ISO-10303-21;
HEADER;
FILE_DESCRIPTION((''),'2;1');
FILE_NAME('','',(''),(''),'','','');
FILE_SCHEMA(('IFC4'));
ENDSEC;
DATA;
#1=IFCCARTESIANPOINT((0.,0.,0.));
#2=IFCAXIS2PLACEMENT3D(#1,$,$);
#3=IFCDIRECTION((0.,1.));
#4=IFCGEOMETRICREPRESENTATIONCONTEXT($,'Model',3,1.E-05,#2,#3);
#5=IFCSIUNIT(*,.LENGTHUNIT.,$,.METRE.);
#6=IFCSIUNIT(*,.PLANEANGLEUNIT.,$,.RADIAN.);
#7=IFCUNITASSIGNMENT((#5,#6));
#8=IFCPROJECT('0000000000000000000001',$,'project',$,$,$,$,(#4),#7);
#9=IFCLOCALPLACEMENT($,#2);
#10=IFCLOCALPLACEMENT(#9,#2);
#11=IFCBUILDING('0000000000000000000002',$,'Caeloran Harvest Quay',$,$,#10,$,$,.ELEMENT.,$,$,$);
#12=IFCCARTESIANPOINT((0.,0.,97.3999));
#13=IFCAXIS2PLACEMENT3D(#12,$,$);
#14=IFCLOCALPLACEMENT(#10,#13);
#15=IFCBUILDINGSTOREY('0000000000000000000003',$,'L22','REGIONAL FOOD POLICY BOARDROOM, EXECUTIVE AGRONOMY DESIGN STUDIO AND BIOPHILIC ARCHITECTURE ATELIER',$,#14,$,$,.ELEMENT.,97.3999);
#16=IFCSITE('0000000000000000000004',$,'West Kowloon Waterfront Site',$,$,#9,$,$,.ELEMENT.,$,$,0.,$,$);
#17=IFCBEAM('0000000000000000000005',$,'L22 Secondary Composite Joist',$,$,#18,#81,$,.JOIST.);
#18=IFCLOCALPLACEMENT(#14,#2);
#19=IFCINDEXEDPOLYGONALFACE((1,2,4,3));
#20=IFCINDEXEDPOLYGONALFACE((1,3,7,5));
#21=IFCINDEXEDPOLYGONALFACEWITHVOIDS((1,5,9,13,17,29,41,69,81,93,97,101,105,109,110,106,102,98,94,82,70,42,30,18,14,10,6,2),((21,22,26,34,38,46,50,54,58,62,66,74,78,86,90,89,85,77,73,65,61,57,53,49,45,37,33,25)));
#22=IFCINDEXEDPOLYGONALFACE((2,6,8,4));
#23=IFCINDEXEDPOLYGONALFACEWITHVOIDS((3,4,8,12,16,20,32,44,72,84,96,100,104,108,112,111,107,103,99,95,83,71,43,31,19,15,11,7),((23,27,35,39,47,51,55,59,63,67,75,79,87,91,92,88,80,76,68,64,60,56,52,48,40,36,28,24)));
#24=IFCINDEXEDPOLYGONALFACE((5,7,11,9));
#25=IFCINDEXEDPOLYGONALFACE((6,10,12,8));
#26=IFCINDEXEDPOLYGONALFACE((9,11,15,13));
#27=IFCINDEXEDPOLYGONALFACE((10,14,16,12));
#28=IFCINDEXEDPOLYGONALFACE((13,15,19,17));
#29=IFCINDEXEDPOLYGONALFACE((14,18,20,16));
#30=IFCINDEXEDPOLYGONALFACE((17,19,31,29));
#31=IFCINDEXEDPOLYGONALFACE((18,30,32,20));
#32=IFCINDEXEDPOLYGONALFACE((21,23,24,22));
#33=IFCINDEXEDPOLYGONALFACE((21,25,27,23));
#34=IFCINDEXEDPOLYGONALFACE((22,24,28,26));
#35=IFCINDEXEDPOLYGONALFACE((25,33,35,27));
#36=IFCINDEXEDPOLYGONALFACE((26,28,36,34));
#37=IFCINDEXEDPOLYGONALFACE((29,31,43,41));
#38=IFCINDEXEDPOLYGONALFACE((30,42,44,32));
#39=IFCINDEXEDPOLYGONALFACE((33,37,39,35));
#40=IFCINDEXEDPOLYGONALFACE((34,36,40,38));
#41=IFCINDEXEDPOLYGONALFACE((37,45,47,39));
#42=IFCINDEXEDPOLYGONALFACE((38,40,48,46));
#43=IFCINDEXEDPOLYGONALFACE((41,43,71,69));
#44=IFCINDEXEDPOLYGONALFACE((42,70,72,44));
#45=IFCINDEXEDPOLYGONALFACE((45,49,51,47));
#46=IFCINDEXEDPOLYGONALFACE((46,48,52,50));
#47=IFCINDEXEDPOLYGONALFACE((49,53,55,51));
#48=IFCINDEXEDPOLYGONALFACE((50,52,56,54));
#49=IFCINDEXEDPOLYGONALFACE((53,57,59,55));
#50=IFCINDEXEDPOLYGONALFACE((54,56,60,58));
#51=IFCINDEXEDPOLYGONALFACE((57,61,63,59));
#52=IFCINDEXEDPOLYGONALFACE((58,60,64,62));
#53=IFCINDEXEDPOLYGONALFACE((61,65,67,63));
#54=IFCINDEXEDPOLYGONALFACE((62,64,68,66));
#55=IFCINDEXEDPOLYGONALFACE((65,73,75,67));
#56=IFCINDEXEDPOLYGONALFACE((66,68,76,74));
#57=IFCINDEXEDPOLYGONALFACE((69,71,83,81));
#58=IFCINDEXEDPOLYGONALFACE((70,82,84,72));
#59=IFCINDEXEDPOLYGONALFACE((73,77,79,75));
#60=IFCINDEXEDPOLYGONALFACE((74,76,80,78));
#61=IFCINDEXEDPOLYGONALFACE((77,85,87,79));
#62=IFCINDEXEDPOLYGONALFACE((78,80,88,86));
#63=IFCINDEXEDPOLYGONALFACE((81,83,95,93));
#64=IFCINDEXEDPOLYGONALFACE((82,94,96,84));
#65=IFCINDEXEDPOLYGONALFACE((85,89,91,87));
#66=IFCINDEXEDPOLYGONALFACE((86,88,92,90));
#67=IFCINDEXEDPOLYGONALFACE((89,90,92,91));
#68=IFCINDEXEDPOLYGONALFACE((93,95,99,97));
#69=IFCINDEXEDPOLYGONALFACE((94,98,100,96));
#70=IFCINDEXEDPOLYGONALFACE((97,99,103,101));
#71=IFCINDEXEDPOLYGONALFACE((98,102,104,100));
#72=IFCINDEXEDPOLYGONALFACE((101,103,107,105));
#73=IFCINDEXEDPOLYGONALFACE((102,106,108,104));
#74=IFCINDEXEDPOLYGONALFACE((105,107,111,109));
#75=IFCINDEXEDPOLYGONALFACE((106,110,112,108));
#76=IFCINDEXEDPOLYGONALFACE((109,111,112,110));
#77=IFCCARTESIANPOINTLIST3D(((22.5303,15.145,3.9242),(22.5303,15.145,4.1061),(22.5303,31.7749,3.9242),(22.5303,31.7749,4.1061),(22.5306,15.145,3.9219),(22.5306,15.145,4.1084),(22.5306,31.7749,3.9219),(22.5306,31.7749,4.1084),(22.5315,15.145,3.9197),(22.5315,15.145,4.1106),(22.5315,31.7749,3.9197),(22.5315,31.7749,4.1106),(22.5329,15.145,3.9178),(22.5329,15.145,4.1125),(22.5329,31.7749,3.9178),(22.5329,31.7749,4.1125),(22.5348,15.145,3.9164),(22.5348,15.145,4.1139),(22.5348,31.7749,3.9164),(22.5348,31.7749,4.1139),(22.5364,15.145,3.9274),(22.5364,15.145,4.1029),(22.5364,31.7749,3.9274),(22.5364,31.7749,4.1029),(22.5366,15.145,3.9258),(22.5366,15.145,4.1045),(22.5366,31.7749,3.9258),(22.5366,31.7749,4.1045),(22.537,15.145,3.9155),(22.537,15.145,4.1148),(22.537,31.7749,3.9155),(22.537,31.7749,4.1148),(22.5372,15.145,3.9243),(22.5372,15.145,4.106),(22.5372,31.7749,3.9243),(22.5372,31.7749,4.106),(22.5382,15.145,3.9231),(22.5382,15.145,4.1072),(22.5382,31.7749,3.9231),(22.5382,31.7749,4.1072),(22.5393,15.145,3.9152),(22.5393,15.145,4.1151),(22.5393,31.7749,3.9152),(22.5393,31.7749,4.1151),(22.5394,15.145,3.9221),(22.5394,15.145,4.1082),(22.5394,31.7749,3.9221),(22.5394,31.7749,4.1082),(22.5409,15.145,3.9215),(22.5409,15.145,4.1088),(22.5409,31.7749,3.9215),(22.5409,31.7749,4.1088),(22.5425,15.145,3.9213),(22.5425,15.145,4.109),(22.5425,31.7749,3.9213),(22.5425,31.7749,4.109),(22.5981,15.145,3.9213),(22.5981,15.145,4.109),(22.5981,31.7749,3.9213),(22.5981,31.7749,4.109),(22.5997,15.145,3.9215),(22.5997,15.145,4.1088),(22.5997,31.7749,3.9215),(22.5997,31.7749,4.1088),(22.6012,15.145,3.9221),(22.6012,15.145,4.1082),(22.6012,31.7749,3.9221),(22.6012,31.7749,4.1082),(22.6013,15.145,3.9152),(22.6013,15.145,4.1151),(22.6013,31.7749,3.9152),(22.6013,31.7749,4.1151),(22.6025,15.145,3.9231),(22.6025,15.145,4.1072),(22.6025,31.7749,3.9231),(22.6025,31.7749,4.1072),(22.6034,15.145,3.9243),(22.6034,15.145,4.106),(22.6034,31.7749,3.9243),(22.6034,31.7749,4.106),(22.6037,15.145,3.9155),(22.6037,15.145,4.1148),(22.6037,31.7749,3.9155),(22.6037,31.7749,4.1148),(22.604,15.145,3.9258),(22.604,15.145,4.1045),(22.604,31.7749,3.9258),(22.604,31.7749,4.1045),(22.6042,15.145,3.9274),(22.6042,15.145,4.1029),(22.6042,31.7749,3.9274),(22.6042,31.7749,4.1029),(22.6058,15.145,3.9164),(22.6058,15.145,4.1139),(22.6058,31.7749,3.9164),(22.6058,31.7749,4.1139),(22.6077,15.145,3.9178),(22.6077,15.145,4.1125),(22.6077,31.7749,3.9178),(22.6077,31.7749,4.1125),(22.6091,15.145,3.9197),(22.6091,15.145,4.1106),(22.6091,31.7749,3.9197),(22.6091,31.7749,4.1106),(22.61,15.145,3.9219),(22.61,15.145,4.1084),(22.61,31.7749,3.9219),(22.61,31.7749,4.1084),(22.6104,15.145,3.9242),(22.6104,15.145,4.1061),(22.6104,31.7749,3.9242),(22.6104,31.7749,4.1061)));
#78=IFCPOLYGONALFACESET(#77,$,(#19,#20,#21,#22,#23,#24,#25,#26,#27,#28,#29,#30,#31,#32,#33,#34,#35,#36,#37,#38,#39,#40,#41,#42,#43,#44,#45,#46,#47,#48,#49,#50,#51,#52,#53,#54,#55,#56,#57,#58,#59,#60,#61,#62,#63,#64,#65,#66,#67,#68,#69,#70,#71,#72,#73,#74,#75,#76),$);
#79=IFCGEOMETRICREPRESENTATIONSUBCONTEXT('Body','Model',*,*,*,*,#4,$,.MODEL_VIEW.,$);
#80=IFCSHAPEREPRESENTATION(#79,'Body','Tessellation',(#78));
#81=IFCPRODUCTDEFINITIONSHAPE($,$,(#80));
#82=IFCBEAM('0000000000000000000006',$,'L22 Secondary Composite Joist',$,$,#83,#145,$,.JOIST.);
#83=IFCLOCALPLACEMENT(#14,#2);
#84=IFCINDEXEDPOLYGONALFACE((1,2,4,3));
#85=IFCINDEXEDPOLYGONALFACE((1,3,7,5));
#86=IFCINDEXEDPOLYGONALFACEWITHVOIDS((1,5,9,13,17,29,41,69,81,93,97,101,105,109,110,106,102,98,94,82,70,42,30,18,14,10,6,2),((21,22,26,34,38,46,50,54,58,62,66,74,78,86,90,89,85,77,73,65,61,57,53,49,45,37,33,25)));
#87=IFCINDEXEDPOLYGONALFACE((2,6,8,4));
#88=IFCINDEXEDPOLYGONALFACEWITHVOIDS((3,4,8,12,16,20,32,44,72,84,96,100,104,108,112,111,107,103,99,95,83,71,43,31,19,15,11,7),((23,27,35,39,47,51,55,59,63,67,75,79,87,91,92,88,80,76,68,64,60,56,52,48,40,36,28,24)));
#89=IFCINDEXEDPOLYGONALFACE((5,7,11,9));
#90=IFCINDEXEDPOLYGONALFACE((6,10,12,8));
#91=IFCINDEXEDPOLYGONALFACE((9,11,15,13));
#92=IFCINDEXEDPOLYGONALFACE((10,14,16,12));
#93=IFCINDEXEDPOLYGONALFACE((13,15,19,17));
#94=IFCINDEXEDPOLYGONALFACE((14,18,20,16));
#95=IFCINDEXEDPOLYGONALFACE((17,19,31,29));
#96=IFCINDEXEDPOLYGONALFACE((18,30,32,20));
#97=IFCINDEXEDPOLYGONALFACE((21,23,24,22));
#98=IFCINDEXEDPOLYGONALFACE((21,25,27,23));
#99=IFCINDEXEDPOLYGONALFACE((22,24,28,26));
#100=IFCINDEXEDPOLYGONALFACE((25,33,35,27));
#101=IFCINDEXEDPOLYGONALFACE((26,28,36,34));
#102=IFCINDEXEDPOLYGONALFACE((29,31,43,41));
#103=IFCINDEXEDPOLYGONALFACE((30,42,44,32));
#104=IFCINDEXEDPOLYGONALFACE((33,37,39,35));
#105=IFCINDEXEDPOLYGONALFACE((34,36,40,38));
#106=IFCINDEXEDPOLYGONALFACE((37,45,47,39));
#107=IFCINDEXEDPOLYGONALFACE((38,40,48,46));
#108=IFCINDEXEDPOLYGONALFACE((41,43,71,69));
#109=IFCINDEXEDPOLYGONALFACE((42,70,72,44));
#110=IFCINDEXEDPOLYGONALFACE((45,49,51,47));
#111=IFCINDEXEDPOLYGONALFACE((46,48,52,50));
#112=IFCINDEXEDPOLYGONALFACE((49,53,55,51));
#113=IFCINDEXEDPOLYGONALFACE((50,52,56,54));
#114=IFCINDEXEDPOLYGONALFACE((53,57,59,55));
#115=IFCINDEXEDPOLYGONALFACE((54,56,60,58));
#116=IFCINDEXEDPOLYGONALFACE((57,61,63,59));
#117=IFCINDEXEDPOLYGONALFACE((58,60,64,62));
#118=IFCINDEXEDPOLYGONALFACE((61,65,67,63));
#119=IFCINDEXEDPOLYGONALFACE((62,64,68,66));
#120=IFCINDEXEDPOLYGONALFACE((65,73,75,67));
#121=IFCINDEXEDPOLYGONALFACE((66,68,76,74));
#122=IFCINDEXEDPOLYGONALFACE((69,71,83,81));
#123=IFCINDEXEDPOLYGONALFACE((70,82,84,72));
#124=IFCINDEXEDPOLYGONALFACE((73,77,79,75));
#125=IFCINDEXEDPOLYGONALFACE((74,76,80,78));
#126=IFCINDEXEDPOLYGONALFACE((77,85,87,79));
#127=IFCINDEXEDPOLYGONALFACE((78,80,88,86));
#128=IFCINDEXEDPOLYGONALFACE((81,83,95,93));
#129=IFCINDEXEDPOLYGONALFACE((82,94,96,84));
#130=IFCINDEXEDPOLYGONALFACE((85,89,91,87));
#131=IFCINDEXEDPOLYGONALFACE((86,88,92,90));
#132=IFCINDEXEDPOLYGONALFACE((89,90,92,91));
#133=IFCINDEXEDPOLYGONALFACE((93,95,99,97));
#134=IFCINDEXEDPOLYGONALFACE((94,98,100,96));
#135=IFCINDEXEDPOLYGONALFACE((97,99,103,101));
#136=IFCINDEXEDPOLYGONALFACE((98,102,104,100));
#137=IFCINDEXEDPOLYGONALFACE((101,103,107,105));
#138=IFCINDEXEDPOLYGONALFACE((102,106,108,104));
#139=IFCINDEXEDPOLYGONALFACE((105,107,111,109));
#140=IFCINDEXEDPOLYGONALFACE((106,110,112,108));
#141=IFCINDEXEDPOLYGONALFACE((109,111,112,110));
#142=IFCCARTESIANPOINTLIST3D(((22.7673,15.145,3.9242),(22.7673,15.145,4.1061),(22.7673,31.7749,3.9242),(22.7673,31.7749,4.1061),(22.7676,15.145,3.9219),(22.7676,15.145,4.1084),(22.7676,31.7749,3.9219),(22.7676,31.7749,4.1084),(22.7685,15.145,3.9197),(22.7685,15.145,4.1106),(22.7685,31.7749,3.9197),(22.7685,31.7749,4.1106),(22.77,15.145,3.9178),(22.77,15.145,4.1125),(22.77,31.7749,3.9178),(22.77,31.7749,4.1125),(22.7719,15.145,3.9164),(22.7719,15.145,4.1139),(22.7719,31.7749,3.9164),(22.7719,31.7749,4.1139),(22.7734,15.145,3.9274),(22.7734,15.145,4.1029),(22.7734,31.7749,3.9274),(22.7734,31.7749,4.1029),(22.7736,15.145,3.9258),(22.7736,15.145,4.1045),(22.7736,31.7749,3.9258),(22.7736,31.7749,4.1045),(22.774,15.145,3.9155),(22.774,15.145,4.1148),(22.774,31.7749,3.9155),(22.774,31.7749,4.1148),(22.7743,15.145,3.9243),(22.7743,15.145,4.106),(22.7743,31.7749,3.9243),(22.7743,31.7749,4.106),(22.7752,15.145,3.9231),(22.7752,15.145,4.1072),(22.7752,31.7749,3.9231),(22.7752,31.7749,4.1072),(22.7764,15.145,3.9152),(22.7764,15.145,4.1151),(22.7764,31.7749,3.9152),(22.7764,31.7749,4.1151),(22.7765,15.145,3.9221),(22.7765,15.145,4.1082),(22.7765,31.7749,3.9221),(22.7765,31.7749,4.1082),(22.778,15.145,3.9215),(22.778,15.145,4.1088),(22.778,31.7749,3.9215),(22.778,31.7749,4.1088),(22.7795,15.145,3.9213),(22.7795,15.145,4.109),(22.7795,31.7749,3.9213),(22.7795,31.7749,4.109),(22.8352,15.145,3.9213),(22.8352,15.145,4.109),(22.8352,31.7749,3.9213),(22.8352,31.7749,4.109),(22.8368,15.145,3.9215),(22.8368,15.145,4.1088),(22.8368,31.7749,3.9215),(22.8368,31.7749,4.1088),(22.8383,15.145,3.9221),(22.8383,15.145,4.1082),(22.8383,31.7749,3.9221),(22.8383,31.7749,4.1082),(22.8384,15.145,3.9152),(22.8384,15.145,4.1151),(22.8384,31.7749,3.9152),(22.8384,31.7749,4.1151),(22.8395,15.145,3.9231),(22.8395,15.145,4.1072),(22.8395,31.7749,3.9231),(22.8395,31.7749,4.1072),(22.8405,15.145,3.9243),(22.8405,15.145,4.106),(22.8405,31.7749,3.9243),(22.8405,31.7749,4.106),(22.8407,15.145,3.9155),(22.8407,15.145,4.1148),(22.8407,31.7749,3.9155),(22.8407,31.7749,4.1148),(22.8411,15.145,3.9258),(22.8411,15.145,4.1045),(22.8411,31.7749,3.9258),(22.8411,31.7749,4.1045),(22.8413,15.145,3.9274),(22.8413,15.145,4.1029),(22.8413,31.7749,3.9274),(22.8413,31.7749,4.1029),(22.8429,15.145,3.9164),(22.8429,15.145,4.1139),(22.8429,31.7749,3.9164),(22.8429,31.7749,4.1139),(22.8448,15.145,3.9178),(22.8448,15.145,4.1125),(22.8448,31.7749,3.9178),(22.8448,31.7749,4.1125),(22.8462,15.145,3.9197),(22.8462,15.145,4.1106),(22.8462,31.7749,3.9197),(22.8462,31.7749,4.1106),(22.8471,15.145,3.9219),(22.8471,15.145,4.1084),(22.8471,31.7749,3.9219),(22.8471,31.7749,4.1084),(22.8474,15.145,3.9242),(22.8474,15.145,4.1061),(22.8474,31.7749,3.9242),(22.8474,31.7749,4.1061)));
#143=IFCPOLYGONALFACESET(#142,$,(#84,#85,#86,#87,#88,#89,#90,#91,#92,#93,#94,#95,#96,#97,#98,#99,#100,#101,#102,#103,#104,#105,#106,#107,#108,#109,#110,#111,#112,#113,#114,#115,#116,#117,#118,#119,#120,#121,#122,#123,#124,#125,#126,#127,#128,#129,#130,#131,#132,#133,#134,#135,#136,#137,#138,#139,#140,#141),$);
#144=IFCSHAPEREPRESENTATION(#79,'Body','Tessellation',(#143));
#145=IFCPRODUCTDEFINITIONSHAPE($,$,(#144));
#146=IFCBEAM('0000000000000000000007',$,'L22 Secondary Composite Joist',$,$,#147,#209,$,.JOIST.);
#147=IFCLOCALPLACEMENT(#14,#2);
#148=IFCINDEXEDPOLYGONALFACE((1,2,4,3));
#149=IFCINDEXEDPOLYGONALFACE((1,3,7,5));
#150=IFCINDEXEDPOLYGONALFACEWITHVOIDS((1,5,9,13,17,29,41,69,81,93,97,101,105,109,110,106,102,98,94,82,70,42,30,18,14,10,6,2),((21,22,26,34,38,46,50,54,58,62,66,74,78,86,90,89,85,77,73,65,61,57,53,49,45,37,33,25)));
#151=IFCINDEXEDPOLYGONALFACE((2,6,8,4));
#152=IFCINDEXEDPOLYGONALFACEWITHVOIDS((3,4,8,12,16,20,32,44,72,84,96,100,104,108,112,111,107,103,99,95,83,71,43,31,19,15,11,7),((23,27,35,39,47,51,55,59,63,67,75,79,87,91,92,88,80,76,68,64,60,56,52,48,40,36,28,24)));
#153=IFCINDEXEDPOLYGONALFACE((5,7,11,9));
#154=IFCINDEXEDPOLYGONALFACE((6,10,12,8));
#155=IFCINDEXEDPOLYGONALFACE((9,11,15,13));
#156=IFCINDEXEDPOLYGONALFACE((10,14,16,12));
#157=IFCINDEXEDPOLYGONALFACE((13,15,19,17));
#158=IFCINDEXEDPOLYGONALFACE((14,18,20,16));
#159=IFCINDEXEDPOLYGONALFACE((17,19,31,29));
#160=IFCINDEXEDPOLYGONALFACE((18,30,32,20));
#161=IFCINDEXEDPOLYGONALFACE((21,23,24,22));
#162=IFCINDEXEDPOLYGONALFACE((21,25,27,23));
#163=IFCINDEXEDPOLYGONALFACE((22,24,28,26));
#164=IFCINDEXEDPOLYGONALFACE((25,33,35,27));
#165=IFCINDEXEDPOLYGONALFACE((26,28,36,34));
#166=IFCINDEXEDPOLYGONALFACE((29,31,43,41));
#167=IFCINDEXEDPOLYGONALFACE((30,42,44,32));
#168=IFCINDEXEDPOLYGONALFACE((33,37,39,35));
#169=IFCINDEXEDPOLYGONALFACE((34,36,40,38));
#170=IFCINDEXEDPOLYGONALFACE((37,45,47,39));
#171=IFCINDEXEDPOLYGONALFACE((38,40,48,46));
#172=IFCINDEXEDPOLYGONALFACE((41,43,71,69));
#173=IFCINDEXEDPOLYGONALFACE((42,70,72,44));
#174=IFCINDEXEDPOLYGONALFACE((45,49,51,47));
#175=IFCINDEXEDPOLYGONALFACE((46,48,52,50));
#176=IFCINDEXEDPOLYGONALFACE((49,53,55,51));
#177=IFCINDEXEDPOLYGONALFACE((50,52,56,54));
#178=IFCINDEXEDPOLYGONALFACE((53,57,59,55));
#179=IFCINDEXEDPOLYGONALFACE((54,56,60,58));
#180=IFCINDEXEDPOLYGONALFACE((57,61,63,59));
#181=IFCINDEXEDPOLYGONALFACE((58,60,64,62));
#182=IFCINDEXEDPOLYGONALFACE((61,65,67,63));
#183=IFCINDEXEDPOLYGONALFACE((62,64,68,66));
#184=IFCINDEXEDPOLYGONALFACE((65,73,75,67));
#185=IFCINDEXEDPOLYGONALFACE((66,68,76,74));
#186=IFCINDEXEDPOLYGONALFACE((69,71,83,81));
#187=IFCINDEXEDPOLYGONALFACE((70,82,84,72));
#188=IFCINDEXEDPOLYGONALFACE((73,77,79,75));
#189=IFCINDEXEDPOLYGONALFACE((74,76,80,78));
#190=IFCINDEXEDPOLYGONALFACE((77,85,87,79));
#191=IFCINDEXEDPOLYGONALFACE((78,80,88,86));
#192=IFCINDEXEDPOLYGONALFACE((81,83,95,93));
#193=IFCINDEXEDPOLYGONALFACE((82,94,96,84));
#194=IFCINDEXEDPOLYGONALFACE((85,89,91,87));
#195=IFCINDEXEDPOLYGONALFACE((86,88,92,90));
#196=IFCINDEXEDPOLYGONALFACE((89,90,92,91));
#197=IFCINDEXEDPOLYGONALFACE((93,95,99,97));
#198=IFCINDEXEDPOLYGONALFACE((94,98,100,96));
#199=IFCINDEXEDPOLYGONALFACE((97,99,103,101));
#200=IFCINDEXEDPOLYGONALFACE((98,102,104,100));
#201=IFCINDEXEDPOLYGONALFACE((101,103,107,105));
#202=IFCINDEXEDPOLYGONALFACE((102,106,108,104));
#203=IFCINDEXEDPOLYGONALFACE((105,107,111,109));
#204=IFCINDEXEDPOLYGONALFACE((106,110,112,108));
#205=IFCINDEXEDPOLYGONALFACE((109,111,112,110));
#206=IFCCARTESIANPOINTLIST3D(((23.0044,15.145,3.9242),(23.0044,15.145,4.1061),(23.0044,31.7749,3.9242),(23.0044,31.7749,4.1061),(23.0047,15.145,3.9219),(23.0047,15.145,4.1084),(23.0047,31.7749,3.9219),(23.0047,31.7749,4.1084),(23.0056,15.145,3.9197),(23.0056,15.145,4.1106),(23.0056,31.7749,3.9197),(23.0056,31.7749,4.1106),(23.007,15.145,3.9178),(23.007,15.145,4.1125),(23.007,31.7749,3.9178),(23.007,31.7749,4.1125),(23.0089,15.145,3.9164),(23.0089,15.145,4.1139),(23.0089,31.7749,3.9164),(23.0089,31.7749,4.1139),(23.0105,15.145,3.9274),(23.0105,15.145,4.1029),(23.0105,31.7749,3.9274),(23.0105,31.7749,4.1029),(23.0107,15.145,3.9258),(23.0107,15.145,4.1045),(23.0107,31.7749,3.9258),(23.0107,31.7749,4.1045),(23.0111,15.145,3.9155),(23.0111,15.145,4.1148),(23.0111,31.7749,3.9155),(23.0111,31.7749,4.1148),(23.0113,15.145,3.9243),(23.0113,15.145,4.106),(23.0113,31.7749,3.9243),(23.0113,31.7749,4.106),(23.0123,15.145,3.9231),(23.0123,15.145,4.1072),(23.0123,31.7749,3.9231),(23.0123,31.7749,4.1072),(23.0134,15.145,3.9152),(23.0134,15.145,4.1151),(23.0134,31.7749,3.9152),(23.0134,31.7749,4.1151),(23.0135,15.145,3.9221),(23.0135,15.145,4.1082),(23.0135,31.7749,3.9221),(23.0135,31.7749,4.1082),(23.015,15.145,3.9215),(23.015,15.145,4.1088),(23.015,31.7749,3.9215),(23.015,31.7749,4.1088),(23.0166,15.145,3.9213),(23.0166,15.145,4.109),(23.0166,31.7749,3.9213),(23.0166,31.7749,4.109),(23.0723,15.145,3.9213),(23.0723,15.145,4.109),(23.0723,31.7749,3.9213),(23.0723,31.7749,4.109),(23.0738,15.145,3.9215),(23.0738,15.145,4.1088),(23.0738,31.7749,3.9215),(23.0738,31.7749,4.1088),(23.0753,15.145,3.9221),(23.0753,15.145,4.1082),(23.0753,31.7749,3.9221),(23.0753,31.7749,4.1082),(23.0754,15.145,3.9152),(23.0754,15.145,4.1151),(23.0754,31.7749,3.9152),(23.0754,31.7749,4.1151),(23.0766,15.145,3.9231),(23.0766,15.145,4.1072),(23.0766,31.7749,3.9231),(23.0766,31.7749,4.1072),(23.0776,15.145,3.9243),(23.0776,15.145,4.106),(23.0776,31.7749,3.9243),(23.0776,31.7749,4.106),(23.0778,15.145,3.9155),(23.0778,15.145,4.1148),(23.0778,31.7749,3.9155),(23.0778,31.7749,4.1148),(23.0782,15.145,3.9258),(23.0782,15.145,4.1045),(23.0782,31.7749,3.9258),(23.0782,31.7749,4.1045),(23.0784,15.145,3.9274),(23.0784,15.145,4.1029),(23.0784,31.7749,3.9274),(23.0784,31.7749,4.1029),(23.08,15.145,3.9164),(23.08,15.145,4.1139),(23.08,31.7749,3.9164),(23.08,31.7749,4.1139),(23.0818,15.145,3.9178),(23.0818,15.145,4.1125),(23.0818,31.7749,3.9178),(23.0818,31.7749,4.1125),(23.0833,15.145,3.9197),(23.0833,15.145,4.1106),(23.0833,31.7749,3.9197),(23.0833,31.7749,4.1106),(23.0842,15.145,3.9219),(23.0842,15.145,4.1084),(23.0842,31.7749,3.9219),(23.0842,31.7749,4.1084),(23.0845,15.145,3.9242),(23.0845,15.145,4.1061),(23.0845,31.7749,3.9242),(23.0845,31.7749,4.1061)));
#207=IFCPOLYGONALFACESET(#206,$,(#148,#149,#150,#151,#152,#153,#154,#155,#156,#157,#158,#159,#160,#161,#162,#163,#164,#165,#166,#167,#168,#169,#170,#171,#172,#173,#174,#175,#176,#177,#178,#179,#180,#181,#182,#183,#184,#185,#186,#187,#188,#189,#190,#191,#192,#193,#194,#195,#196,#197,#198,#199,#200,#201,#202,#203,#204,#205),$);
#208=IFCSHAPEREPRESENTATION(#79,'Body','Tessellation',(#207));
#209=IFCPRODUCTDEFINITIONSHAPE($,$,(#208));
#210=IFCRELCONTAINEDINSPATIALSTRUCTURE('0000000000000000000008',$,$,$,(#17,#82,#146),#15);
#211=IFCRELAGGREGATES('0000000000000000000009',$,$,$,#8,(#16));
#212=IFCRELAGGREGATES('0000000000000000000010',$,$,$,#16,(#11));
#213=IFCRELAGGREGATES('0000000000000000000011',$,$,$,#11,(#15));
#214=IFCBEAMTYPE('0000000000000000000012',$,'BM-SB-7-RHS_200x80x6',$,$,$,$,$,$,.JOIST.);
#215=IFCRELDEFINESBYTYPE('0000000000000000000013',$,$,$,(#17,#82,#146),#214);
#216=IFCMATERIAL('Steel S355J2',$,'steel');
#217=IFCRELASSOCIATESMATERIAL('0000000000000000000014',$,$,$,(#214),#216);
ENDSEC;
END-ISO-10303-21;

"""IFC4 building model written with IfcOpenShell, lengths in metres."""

from ifc_helpers import new_model, si_unit, direction, frame, origin, origin_2d, place, context, subcontext, project, spatial, hollow_rectangle, extrude, material, material_profile, profile_set, type_object, element, save


model = new_model("IFC4")

# Units and contexts
model_context = context("Model", 3, precision=1e-05, world=origin(), true_north=direction((0.0, 1.0)))
body_context = subcontext(model_context, "Body", "Model", "MODEL_VIEW")
ifc_project = project(units=[si_unit("LENGTHUNIT", "METRE"), si_unit("PLANEANGLEUNIT", "RADIAN")], contexts=[model_context])

# Site, building, storey
site_placement = place(None, origin())
site = spatial("IfcSite", under=ifc_project, at=site_placement, Name="West Kowloon Waterfront Site", CompositionType="ELEMENT", RefElevation=0.0)
building_placement = place(site_placement, origin())
building = spatial("IfcBuilding", under=site, at=building_placement, Name="Caeloran Harvest Quay", CompositionType="ELEMENT")
storey_placement = place(building_placement, frame((0.0, 0.0, 97.3999)))
storey = spatial("IfcBuildingStorey", under=building, at=storey_placement, Name="L22", Description="REGIONAL FOOD POLICY BOARDROOM, EXECUTIVE AGRONOMY DESIGN STUDIO AND BIOPHILIC ARCHITECTURE ATELIER", CompositionType="ELEMENT", Elevation=97.3999)

# Beams
ifc_material_1 = material(Name="Steel S355J2", Category="steel")
ifc_material_profile_1 = material_profile(ifc_material_1, hollow_rectangle(XDim=0.0801, YDim=0.2, WallThickness=0.0061, InnerFilletRadius=0.0061, OuterFilletRadius=0.009, at=origin_2d()), Name="RHS 200x80x6")
ifc_profile_set_1 = profile_set([ifc_material_profile_1], Name="Steel S355J2")
beam_type_1 = type_object("IfcBeamType", Name="BM-SB-7-RHS_200x80x6", PredefinedType="JOIST", material=ifc_profile_set_1)
for number, where, z_axis, x_axis, name in (
    (1, (22.5703, 15.145, 4.0151), (0.0, 1.0, 0.0), (-1.0, 0.0, 0.0), "L22 Secondary Composite Joist"),
    (2, (22.8074, 15.145, 4.0151), (0.0, 1.0, 0.0), (-1.0, 0.0, 0.0), "L22 Secondary Composite Joist"),
    (3, (23.0444, 15.145, 4.0151), (0.0, 1.0, 0.0), (-1.0, 0.0, 0.0), "L22 Secondary Composite Joist"),
):
    element("IfcBeam", number, at=place(storey_placement, frame(where, z_axis=z_axis, x_axis=x_axis)), inside=storey, type_object=beam_type_1, Name=name, PredefinedType="JOIST", context=body_context, shape_type="SweptSolid", body=[
        extrude(hollow_rectangle(XDim=0.0801, YDim=0.2, WallThickness=0.0061, InnerFilletRadius=0.0061, OuterFilletRadius=0.009, at=origin_2d()), origin(), (0.0, 0.0, 1.0), 16.6299),
    ])

save(model, "model.ifc")
